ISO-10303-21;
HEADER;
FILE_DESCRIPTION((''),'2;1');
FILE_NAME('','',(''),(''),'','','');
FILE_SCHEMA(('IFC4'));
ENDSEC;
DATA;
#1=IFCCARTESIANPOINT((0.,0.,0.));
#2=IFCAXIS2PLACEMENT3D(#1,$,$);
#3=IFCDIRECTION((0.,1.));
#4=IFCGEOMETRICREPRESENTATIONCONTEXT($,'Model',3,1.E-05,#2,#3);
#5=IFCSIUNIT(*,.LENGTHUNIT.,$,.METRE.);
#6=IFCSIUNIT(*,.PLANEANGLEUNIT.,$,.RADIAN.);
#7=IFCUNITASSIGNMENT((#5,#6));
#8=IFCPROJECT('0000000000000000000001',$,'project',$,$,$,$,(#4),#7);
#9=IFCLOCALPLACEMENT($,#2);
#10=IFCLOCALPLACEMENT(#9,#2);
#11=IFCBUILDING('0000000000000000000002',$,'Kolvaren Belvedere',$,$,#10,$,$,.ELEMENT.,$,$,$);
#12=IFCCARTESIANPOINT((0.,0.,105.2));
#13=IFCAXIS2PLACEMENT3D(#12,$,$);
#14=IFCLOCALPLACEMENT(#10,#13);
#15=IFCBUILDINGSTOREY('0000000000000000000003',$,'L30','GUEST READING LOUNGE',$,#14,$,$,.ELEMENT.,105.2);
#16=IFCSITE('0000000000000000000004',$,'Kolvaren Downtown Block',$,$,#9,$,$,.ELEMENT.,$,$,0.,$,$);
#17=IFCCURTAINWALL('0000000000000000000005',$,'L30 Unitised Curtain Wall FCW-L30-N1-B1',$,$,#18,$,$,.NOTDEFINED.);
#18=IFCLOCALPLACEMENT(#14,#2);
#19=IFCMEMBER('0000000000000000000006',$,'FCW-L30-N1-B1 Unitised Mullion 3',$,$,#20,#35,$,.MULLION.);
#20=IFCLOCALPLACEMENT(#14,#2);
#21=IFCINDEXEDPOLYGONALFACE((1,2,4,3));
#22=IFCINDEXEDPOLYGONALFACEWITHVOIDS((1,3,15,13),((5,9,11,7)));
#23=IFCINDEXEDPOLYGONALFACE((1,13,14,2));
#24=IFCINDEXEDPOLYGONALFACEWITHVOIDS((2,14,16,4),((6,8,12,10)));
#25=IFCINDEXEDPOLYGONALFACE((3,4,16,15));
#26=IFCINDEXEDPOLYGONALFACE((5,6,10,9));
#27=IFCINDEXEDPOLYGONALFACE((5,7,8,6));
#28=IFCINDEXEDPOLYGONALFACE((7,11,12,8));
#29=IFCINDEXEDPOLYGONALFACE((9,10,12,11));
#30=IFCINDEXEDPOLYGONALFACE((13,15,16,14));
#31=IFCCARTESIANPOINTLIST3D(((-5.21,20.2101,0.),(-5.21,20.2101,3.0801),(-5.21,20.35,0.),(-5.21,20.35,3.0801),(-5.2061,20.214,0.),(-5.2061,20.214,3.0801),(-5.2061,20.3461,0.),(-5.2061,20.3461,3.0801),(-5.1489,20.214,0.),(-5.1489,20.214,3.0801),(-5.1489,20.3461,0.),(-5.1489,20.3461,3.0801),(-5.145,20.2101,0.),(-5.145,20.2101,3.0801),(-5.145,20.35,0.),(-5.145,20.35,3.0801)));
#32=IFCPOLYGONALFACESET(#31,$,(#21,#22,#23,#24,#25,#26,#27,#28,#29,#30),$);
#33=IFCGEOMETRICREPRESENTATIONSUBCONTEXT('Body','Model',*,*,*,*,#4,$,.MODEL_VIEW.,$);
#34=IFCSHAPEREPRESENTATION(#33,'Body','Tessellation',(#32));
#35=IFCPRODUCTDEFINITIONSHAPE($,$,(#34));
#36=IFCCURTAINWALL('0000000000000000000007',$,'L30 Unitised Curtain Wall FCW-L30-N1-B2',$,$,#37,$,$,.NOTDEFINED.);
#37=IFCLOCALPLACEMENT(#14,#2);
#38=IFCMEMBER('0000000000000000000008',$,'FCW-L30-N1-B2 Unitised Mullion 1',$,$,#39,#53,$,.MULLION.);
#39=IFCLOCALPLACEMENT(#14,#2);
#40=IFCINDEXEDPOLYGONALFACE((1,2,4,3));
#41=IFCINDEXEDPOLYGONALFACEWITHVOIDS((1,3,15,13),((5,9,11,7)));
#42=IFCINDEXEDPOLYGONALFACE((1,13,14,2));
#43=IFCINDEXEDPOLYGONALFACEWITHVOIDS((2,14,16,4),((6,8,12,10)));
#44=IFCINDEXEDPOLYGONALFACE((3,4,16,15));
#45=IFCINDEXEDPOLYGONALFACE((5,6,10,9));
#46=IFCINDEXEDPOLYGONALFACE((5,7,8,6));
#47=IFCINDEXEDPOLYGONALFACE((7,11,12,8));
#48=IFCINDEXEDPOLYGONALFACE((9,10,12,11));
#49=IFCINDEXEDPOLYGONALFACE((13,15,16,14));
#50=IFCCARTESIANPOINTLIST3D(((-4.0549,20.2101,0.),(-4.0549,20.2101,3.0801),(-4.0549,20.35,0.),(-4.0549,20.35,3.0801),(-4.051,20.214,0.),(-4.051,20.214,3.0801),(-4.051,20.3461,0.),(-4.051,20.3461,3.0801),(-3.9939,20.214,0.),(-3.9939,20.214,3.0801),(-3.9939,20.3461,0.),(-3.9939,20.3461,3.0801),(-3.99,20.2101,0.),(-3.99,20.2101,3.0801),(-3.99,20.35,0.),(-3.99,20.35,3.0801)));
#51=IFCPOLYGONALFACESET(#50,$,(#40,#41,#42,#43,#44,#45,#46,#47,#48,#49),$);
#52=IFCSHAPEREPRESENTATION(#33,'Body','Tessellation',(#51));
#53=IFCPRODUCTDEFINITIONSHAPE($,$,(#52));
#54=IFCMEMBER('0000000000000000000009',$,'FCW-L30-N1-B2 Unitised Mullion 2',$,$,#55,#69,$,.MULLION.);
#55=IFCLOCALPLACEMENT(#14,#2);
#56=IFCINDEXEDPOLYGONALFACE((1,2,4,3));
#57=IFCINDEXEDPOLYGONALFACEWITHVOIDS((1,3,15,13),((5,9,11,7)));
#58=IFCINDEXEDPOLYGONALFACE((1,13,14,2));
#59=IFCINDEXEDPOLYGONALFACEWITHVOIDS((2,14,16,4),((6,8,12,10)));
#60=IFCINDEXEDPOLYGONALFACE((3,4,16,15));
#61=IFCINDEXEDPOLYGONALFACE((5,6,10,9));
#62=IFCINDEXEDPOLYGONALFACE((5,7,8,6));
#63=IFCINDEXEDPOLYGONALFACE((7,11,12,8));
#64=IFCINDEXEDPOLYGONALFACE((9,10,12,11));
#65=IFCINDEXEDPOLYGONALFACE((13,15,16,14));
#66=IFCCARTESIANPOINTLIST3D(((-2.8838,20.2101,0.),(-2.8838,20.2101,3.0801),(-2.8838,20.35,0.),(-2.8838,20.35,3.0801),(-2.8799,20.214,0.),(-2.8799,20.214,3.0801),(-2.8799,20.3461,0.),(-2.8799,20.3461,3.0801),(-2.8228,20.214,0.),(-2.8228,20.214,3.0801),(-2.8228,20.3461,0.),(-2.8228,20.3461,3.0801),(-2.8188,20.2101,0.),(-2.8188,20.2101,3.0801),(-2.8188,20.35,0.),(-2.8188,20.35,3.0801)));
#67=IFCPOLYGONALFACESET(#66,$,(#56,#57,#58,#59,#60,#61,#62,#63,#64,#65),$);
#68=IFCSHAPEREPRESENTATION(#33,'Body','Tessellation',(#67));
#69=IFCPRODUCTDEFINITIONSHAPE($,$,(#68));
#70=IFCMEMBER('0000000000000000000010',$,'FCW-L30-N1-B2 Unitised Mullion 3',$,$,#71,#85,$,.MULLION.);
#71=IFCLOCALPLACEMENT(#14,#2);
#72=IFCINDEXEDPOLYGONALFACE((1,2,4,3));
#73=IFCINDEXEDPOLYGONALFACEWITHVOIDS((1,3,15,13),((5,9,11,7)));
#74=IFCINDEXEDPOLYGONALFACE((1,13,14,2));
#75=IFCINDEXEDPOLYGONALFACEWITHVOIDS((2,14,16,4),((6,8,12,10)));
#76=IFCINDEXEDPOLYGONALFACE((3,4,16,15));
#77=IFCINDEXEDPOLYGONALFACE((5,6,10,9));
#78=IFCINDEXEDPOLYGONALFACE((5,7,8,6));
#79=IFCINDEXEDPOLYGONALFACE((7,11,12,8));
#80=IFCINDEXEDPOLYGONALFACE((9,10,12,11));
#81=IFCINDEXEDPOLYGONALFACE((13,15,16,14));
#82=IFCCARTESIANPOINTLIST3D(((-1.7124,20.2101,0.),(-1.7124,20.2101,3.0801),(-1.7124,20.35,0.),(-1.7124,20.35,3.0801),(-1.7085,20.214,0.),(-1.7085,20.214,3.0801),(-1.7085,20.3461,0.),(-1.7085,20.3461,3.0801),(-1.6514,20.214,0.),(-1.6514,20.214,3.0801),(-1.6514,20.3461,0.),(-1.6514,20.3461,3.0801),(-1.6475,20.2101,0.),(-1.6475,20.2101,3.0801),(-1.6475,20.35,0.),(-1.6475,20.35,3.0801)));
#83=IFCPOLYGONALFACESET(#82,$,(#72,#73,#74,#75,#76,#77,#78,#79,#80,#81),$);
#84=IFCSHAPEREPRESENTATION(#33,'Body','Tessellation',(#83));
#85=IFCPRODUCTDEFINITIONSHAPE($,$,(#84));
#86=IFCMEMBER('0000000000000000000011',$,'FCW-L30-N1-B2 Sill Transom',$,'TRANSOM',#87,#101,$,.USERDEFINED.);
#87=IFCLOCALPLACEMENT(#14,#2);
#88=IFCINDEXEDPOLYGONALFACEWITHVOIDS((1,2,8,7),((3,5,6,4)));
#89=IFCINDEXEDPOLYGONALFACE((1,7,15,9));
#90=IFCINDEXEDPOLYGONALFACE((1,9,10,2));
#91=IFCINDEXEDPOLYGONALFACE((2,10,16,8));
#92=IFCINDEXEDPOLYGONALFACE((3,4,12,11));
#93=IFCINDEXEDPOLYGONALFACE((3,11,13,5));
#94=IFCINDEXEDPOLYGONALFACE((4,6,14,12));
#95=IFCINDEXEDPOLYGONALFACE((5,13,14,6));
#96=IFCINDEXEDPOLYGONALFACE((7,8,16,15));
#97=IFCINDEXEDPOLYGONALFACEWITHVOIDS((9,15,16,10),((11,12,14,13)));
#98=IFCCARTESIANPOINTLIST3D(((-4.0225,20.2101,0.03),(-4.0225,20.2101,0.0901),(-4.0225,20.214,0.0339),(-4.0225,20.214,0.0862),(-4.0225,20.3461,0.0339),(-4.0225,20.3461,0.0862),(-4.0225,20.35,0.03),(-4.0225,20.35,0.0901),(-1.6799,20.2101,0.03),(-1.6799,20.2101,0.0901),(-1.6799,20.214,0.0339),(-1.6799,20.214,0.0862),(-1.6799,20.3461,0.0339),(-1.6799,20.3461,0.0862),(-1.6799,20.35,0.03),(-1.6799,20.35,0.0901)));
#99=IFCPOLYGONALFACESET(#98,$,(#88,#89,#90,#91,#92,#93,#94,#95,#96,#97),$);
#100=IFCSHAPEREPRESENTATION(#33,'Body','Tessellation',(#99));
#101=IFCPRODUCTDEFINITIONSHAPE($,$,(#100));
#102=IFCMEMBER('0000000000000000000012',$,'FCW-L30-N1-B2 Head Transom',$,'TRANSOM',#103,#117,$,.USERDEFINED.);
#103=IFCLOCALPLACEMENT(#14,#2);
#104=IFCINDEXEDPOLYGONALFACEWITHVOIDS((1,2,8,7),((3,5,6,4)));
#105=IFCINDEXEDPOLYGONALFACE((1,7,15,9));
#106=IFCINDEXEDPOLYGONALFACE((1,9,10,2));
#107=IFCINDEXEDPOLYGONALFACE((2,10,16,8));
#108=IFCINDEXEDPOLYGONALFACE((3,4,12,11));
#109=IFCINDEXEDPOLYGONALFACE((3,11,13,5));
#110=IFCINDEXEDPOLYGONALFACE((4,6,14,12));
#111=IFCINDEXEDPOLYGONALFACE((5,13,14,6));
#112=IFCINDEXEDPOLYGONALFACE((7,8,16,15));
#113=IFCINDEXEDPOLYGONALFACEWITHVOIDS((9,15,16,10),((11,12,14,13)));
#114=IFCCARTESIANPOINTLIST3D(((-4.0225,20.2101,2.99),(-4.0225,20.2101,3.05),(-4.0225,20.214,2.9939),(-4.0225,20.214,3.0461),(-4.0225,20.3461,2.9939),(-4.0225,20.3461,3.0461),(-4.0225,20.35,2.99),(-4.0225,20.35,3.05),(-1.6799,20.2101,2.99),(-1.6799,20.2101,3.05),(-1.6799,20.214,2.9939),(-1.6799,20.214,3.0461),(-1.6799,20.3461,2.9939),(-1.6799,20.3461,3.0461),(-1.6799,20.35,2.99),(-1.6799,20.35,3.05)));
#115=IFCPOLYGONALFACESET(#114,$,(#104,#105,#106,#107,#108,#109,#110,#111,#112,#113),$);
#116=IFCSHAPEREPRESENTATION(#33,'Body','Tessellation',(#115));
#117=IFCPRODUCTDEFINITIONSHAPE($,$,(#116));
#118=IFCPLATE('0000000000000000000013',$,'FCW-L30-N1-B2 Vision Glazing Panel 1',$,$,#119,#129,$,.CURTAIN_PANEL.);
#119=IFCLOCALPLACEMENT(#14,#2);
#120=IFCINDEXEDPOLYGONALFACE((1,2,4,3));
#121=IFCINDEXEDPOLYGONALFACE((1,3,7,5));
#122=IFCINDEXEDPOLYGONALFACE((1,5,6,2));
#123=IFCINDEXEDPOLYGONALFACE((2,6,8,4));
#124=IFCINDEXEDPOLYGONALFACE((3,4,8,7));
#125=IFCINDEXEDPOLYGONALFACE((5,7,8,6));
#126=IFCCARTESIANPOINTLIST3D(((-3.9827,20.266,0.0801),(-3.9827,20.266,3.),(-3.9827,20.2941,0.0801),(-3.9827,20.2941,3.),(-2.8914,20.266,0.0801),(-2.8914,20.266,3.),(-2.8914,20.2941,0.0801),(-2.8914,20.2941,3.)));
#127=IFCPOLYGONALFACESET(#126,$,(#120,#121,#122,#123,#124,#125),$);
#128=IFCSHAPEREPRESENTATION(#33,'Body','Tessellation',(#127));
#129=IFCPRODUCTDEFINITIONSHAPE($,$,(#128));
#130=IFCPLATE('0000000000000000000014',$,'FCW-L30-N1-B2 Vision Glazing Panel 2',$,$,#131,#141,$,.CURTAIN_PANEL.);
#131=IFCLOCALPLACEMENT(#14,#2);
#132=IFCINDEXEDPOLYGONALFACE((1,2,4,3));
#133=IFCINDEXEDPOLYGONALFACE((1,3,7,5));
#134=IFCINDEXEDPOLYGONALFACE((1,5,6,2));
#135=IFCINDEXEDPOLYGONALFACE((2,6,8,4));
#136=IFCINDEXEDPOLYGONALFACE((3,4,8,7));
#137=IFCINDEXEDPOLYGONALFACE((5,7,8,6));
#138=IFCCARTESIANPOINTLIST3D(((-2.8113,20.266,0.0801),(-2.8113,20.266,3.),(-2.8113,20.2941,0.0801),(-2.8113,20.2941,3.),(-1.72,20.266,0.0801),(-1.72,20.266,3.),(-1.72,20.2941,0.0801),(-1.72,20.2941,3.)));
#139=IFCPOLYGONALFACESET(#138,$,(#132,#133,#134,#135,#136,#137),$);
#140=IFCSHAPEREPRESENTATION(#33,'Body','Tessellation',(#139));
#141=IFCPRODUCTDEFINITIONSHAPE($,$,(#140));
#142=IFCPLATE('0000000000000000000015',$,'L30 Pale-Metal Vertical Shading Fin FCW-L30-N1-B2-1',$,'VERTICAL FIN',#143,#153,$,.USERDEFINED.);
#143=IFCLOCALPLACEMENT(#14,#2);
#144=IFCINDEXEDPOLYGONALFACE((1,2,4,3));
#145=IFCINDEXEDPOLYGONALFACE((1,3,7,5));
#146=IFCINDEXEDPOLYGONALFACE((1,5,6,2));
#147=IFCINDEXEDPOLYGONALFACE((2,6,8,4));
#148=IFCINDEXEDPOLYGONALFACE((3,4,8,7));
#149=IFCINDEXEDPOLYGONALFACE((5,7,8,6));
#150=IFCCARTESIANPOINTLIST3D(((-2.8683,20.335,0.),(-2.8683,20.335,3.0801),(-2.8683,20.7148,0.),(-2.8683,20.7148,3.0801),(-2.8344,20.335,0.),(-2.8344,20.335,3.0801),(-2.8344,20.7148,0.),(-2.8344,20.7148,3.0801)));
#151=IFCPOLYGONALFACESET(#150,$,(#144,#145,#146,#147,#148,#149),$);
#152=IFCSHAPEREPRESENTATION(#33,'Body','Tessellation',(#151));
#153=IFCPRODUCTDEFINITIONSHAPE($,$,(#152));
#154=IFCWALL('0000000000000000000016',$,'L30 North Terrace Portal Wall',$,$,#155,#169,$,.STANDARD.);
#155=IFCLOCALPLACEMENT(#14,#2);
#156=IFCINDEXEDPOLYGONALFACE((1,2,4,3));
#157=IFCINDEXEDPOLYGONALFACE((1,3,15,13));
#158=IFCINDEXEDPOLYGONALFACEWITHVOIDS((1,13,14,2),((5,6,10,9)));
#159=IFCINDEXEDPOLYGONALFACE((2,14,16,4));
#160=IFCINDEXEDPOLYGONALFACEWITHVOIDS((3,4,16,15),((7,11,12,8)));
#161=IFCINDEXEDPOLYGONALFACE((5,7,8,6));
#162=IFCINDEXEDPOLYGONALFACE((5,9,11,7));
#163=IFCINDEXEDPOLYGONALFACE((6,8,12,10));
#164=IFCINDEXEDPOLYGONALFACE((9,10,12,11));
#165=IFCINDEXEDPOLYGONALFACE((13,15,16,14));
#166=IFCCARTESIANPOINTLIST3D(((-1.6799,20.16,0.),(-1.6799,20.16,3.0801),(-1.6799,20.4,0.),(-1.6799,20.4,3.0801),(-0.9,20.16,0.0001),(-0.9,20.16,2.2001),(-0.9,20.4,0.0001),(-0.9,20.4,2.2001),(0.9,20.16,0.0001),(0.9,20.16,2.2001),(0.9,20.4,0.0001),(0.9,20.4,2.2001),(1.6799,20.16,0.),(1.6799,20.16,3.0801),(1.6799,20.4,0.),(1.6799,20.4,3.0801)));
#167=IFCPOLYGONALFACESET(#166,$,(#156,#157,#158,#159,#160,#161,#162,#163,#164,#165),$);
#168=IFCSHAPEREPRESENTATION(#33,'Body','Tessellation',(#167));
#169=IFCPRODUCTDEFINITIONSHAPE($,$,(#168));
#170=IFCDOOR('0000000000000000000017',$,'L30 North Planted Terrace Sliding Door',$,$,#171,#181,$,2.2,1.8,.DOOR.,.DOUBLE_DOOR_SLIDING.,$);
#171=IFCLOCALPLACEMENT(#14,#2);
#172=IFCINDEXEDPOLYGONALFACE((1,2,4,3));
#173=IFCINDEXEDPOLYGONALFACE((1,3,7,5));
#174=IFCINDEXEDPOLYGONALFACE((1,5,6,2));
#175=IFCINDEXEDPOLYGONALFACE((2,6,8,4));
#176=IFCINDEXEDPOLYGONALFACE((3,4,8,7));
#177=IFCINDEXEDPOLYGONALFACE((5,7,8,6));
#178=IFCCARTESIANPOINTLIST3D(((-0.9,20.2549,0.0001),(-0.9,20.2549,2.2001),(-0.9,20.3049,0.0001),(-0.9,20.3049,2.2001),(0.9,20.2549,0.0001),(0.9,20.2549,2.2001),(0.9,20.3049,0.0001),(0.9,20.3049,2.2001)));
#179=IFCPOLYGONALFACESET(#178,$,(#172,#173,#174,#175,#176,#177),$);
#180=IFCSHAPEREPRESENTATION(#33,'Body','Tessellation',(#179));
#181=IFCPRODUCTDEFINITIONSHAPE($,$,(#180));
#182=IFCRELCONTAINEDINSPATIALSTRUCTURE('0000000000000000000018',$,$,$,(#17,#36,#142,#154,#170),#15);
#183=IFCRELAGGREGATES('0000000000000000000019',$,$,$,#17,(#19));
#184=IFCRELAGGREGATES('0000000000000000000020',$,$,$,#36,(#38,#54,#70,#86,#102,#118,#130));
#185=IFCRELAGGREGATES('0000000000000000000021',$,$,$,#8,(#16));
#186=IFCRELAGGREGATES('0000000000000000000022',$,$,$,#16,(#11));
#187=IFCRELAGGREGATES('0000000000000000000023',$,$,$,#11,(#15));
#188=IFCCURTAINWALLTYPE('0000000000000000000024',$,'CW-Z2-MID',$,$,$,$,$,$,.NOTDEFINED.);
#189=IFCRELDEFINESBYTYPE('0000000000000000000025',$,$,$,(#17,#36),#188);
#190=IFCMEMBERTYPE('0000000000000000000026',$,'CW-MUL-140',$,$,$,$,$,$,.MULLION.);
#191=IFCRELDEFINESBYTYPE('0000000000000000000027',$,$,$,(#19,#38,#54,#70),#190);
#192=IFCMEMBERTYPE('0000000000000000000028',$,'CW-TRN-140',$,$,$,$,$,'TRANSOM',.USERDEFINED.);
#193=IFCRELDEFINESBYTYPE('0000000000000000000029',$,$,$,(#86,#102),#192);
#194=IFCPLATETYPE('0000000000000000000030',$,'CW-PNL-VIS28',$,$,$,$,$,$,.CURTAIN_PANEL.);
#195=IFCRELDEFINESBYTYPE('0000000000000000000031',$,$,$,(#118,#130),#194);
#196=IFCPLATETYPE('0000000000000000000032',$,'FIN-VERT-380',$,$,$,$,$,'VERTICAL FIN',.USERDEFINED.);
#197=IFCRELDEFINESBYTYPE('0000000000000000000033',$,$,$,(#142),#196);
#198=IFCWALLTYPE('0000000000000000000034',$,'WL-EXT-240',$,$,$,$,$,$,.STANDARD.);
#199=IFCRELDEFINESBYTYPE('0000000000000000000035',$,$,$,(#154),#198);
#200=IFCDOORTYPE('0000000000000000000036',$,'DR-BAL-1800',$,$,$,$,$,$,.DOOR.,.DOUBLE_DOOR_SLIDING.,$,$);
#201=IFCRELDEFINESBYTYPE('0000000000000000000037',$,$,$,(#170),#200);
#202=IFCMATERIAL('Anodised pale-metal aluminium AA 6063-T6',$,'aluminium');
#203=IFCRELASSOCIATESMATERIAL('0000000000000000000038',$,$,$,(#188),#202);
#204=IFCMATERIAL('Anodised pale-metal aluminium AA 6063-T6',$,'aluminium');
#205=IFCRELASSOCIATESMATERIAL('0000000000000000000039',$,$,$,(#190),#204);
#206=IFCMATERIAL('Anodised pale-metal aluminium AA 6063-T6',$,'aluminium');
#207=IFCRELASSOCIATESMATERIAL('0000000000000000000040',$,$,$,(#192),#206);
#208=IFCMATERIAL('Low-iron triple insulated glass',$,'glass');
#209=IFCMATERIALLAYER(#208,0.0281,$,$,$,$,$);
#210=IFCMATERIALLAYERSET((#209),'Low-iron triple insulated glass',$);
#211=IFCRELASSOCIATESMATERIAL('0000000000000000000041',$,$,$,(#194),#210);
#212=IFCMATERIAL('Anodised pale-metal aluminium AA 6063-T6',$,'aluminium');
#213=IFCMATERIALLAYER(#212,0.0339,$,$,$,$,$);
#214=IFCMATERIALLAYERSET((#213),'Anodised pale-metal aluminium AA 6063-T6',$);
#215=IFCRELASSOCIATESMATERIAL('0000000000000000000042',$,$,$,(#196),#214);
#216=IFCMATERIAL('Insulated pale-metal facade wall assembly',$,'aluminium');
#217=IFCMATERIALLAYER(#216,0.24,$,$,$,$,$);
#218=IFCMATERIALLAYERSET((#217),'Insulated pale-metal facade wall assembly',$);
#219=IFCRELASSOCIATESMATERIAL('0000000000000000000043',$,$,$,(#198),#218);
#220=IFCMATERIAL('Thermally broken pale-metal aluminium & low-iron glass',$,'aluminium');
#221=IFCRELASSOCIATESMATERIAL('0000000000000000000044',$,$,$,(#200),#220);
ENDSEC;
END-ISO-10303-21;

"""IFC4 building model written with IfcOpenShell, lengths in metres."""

from ifc_helpers import new_model, si_unit, direction, frame, frame_2d, origin, origin_2d, place, context, subcontext, project, spatial, rectangle, hollow_rectangle, extrude, material, layer, layer_set, material_profile, profile_set, type_object, element, fill, aggregate, save


model = new_model("IFC4")

# Units and contexts
model_context = context("Model", 3, precision=1e-05, world=origin(), true_north=direction((0.0, 1.0)))
body_context = subcontext(model_context, "Body", "Model", "MODEL_VIEW")
ifc_project = project(units=[si_unit("LENGTHUNIT", "METRE"), si_unit("PLANEANGLEUNIT", "RADIAN")], contexts=[model_context])

# Site, building, storey
site_placement = place(None, origin())
site = spatial("IfcSite", under=ifc_project, at=site_placement, Name="Kolvaren Downtown Block", CompositionType="ELEMENT", RefElevation=0.0)
building_placement = place(site_placement, origin())
building = spatial("IfcBuilding", under=site, at=building_placement, Name="Kolvaren Belvedere", CompositionType="ELEMENT")
storey_placement = place(building_placement, frame((0.0, 0.0, 105.2)))
storey = spatial("IfcBuildingStorey", under=building, at=storey_placement, Name="L30", Description="GUEST READING LOUNGE", CompositionType="ELEMENT", Elevation=105.2)

# Curtain wall, member
ifc_material_1 = material(Name="Anodised pale-metal aluminium AA 6063-T6", Category="aluminium")
curtain_wall_type = type_object("IfcCurtainWallType", Name="CW-Z2-MID", PredefinedType="NOTDEFINED", material=ifc_material_1)
curtain_wall_1_placement = place(storey_placement, origin())
curtain_wall_1 = element("IfcCurtainWall", 1, at=curtain_wall_1_placement, inside=storey, type_object=curtain_wall_type, Name="L30 Unitised Curtain Wall FCW-L30-N1-B1", PredefinedType="NOTDEFINED")
ifc_material_2 = material(Name="Anodised pale-metal aluminium AA 6063-T6", Category="aluminium")
ifc_material_profile_1 = material_profile(ifc_material_2, hollow_rectangle(XDim=0.0649, YDim=0.1399, WallThickness=0.0039, at=origin_2d()), Name="ALU-MUL-140X65")
ifc_profile_set_1 = profile_set([ifc_material_profile_1], Name="Anodised pale-metal aluminium AA 6063-T6")
member_type_1 = type_object("IfcMemberType", Name="CW-MUL-140", PredefinedType="MULLION", material=ifc_profile_set_1)
member_1_placement = place(storey_placement, frame((-5.1775, 20.28, 0.0), z_axis=(0.0, 0.0, 1.0), x_axis=(1.0, 0.0, 0.0)))
member_1 = element("IfcMember", 2, at=member_1_placement, type_object=member_type_1, Name="FCW-L30-N1-B1 Unitised Mullion 3", PredefinedType="MULLION", context=body_context, shape_type="SweptSolid", body=[
    extrude(hollow_rectangle(XDim=0.0649, YDim=0.1399, WallThickness=0.0039, at=origin_2d()), origin(), (0.0, 0.0, 1.0), 3.0801),
])
aggregate(curtain_wall_1, [member_1])

# Curtain wall, members, plates
curtain_wall_2_placement = place(storey_placement, origin())
curtain_wall_2 = element("IfcCurtainWall", 3, at=curtain_wall_2_placement, inside=storey, type_object=curtain_wall_type, Name="L30 Unitised Curtain Wall FCW-L30-N1-B2", PredefinedType="NOTDEFINED")
member_2_placement = place(storey_placement, frame((-4.0225, 20.28, 0.0), z_axis=(0.0, 0.0, 1.0), x_axis=(1.0, 0.0, 0.0)))
member_2 = element("IfcMember", 4, at=member_2_placement, type_object=member_type_1, Name="FCW-L30-N1-B2 Unitised Mullion 1", PredefinedType="MULLION", context=body_context, shape_type="SweptSolid", body=[
    extrude(hollow_rectangle(XDim=0.0649, YDim=0.1399, WallThickness=0.0039, at=origin_2d()), origin(), (0.0, 0.0, 1.0), 3.0801),
])
member_3_placement = place(storey_placement, frame((-2.8513, 20.28, 0.0), z_axis=(0.0, 0.0, 1.0), x_axis=(1.0, 0.0, 0.0)))
member_3 = element("IfcMember", 5, at=member_3_placement, type_object=member_type_1, Name="FCW-L30-N1-B2 Unitised Mullion 2", PredefinedType="MULLION", context=body_context, shape_type="SweptSolid", body=[
    extrude(hollow_rectangle(XDim=0.0649, YDim=0.1399, WallThickness=0.0039, at=origin_2d()), origin(), (0.0, 0.0, 1.0), 3.0801),
])
member_4_placement = place(storey_placement, frame((-1.6799, 20.28, 0.0), z_axis=(0.0, 0.0, 1.0), x_axis=(1.0, 0.0, 0.0)))
member_4 = element("IfcMember", 6, at=member_4_placement, type_object=member_type_1, Name="FCW-L30-N1-B2 Unitised Mullion 3", PredefinedType="MULLION", context=body_context, shape_type="SweptSolid", body=[
    extrude(hollow_rectangle(XDim=0.0649, YDim=0.1399, WallThickness=0.0039, at=origin_2d()), origin(), (0.0, 0.0, 1.0), 3.0801),
])
ifc_material_3 = material(Name="Anodised pale-metal aluminium AA 6063-T6", Category="aluminium")
ifc_material_profile_2 = material_profile(ifc_material_3, hollow_rectangle(XDim=0.0601, YDim=0.1399, WallThickness=0.0039, at=origin_2d()), Name="ALU-TRN-140X60")
ifc_profile_set_2 = profile_set([ifc_material_profile_2], Name="Anodised pale-metal aluminium AA 6063-T6")
member_type_2 = type_object("IfcMemberType", Name="CW-TRN-140", ElementType="TRANSOM", PredefinedType="USERDEFINED", material=ifc_profile_set_2)
member_5_placement = place(storey_placement, frame((-4.0225, 20.28, 0.0601), z_axis=(1.0, 0.0, 0.0), x_axis=(0.0, 0.0, 1.0)))
member_5 = element("IfcMember", 7, at=member_5_placement, type_object=member_type_2, Name="FCW-L30-N1-B2 Sill Transom", ObjectType="TRANSOM", PredefinedType="USERDEFINED", context=body_context, shape_type="SweptSolid", body=[
    extrude(hollow_rectangle(XDim=0.0601, YDim=0.1399, WallThickness=0.0039, at=origin_2d()), origin(), (0.0, 0.0, 1.0), 2.3425),
])
member_6_placement = place(storey_placement, frame((-4.0225, 20.28, 3.02), z_axis=(1.0, 0.0, 0.0), x_axis=(0.0, 0.0, 1.0)))
member_6 = element("IfcMember", 8, at=member_6_placement, type_object=member_type_2, Name="FCW-L30-N1-B2 Head Transom", ObjectType="TRANSOM", PredefinedType="USERDEFINED", context=body_context, shape_type="SweptSolid", body=[
    extrude(hollow_rectangle(XDim=0.0601, YDim=0.1399, WallThickness=0.0039, at=origin_2d()), origin(), (0.0, 0.0, 1.0), 2.3425),
])
ifc_material_4 = material(Name="Low-iron triple insulated glass", Category="glass")
ifc_layer_1 = layer(ifc_material_4, 0.0281)
ifc_layer_set_1 = layer_set([ifc_layer_1], Name="Low-iron triple insulated glass")
plate_type_1 = type_object("IfcPlateType", Name="CW-PNL-VIS28", PredefinedType="CURTAIN_PANEL", material=ifc_layer_set_1)
plate_1_placement = place(storey_placement, frame((-3.437, 20.28, 0.0801), z_axis=(0.0, 0.0, 1.0), x_axis=(1.0, 0.0, 0.0)))
plate_1 = element("IfcPlate", 9, at=plate_1_placement, type_object=plate_type_1, Name="FCW-L30-N1-B2 Vision Glazing Panel 1", PredefinedType="CURTAIN_PANEL", context=body_context, shape_type="SweptSolid", body=[
    extrude(rectangle(XDim=1.0913, YDim=0.0281, at=origin_2d()), origin(), (0.0, 0.0, 1.0), 2.9199),
])
plate_2_placement = place(storey_placement, frame((-2.2656, 20.28, 0.0801), z_axis=(0.0, 0.0, 1.0), x_axis=(1.0, 0.0, 0.0)))
plate_2 = element("IfcPlate", 10, at=plate_2_placement, type_object=plate_type_1, Name="FCW-L30-N1-B2 Vision Glazing Panel 2", PredefinedType="CURTAIN_PANEL", context=body_context, shape_type="SweptSolid", body=[
    extrude(rectangle(XDim=1.0913, YDim=0.0281, at=origin_2d()), origin(), (0.0, 0.0, 1.0), 2.9199),
])
aggregate(curtain_wall_2, [member_2, member_3, member_4, member_5, member_6, plate_1, plate_2])

# Plate
ifc_material_5 = material(Name="Anodised pale-metal aluminium AA 6063-T6", Category="aluminium")
ifc_layer_2 = layer(ifc_material_5, 0.0339)
ifc_layer_set_2 = layer_set([ifc_layer_2], Name="Anodised pale-metal aluminium AA 6063-T6")
plate_type_2 = type_object("IfcPlateType", Name="FIN-VERT-380", ElementType="VERTICAL FIN", PredefinedType="USERDEFINED", material=ifc_layer_set_2)
plate_3_placement = place(storey_placement, frame((-2.8513, 20.5249, 0.0), z_axis=(0.0, 0.0, 1.0), x_axis=(0.0, 1.0, 0.0)))
element("IfcPlate", 11, at=plate_3_placement, inside=storey, type_object=plate_type_2, Name="L30 Pale-Metal Vertical Shading Fin FCW-L30-N1-B2-1", ObjectType="VERTICAL FIN", PredefinedType="USERDEFINED", context=body_context, shape_type="SweptSolid", body=[
    extrude(rectangle(XDim=0.3799, YDim=0.0339, at=origin_2d()), origin(), (0.0, 0.0, 1.0), 3.0801),
])

# Wall, opening, door
ifc_material_6 = material(Name="Insulated pale-metal facade wall assembly", Category="aluminium")
ifc_layer_3 = layer(ifc_material_6, 0.24)
ifc_layer_set_3 = layer_set([ifc_layer_3], Name="Insulated pale-metal facade wall assembly")
wall_type_1 = type_object("IfcWallType", Name="WL-EXT-240", PredefinedType="STANDARD", material=ifc_layer_set_3)
wall_1_placement = place(storey_placement, frame((-1.6799, 20.28, 0.0), z_axis=(0.0, 0.0, 1.0), x_axis=(1.0, 0.0, 0.0)))
wall_1 = element("IfcWall", 12, at=wall_1_placement, inside=storey, type_object=wall_type_1, Name="L30 North Terrace Portal Wall", PredefinedType="STANDARD", context=body_context, shape_type="SweptSolid", body=[
    extrude(rectangle(XDim=3.3599, YDim=0.24, at=frame_2d((1.6799, 0.0))), origin(), (0.0, 0.0, 1.0), 3.0801),
])
opening_placement = place(wall_1_placement, frame((0.78, 0.0, 0.0)))
opening = element("IfcOpeningElement", 13, at=opening_placement, cuts=wall_1, PredefinedType="OPENING", context=body_context, shape_type="SweptSolid", body=[
    extrude(rectangle(XDim=1.8, YDim=2.2, at=frame_2d((0.8999, 1.1001))), frame((0.0, 0.1299, 0.0), z_axis=(0.0, -1.0, 0.0), x_axis=(1.0, 0.0, 0.0)), (0.0, 0.0, 1.0), 0.26),
])
ifc_material_7 = material(Name="Thermally broken pale-metal aluminium & low-iron glass", Category="aluminium")
door_type = type_object("IfcDoorType", Name="DR-BAL-1800", OperationType="DOUBLE_DOOR_SLIDING", PredefinedType="DOOR", material=ifc_material_7)
door_placement = place(opening_placement, origin())
door = element("IfcDoor", 14, at=door_placement, inside=storey, type_object=door_type, Name="L30 North Planted Terrace Sliding Door", OperationType="DOUBLE_DOOR_SLIDING", OverallHeight=2.2, OverallWidth=1.8, PredefinedType="DOOR", context=body_context, shape_type="SweptSolid", body=[
    extrude(rectangle(XDim=1.8, YDim=2.2, at=frame_2d((0.8999, 1.1001))), frame((0.0, 0.0249, 0.0), z_axis=(0.0, -1.0, 0.0), x_axis=(1.0, 0.0, 0.0)), (0.0, 0.0, 1.0), 0.05),
])
fill(opening, door)

save(model, "model.ifc")
